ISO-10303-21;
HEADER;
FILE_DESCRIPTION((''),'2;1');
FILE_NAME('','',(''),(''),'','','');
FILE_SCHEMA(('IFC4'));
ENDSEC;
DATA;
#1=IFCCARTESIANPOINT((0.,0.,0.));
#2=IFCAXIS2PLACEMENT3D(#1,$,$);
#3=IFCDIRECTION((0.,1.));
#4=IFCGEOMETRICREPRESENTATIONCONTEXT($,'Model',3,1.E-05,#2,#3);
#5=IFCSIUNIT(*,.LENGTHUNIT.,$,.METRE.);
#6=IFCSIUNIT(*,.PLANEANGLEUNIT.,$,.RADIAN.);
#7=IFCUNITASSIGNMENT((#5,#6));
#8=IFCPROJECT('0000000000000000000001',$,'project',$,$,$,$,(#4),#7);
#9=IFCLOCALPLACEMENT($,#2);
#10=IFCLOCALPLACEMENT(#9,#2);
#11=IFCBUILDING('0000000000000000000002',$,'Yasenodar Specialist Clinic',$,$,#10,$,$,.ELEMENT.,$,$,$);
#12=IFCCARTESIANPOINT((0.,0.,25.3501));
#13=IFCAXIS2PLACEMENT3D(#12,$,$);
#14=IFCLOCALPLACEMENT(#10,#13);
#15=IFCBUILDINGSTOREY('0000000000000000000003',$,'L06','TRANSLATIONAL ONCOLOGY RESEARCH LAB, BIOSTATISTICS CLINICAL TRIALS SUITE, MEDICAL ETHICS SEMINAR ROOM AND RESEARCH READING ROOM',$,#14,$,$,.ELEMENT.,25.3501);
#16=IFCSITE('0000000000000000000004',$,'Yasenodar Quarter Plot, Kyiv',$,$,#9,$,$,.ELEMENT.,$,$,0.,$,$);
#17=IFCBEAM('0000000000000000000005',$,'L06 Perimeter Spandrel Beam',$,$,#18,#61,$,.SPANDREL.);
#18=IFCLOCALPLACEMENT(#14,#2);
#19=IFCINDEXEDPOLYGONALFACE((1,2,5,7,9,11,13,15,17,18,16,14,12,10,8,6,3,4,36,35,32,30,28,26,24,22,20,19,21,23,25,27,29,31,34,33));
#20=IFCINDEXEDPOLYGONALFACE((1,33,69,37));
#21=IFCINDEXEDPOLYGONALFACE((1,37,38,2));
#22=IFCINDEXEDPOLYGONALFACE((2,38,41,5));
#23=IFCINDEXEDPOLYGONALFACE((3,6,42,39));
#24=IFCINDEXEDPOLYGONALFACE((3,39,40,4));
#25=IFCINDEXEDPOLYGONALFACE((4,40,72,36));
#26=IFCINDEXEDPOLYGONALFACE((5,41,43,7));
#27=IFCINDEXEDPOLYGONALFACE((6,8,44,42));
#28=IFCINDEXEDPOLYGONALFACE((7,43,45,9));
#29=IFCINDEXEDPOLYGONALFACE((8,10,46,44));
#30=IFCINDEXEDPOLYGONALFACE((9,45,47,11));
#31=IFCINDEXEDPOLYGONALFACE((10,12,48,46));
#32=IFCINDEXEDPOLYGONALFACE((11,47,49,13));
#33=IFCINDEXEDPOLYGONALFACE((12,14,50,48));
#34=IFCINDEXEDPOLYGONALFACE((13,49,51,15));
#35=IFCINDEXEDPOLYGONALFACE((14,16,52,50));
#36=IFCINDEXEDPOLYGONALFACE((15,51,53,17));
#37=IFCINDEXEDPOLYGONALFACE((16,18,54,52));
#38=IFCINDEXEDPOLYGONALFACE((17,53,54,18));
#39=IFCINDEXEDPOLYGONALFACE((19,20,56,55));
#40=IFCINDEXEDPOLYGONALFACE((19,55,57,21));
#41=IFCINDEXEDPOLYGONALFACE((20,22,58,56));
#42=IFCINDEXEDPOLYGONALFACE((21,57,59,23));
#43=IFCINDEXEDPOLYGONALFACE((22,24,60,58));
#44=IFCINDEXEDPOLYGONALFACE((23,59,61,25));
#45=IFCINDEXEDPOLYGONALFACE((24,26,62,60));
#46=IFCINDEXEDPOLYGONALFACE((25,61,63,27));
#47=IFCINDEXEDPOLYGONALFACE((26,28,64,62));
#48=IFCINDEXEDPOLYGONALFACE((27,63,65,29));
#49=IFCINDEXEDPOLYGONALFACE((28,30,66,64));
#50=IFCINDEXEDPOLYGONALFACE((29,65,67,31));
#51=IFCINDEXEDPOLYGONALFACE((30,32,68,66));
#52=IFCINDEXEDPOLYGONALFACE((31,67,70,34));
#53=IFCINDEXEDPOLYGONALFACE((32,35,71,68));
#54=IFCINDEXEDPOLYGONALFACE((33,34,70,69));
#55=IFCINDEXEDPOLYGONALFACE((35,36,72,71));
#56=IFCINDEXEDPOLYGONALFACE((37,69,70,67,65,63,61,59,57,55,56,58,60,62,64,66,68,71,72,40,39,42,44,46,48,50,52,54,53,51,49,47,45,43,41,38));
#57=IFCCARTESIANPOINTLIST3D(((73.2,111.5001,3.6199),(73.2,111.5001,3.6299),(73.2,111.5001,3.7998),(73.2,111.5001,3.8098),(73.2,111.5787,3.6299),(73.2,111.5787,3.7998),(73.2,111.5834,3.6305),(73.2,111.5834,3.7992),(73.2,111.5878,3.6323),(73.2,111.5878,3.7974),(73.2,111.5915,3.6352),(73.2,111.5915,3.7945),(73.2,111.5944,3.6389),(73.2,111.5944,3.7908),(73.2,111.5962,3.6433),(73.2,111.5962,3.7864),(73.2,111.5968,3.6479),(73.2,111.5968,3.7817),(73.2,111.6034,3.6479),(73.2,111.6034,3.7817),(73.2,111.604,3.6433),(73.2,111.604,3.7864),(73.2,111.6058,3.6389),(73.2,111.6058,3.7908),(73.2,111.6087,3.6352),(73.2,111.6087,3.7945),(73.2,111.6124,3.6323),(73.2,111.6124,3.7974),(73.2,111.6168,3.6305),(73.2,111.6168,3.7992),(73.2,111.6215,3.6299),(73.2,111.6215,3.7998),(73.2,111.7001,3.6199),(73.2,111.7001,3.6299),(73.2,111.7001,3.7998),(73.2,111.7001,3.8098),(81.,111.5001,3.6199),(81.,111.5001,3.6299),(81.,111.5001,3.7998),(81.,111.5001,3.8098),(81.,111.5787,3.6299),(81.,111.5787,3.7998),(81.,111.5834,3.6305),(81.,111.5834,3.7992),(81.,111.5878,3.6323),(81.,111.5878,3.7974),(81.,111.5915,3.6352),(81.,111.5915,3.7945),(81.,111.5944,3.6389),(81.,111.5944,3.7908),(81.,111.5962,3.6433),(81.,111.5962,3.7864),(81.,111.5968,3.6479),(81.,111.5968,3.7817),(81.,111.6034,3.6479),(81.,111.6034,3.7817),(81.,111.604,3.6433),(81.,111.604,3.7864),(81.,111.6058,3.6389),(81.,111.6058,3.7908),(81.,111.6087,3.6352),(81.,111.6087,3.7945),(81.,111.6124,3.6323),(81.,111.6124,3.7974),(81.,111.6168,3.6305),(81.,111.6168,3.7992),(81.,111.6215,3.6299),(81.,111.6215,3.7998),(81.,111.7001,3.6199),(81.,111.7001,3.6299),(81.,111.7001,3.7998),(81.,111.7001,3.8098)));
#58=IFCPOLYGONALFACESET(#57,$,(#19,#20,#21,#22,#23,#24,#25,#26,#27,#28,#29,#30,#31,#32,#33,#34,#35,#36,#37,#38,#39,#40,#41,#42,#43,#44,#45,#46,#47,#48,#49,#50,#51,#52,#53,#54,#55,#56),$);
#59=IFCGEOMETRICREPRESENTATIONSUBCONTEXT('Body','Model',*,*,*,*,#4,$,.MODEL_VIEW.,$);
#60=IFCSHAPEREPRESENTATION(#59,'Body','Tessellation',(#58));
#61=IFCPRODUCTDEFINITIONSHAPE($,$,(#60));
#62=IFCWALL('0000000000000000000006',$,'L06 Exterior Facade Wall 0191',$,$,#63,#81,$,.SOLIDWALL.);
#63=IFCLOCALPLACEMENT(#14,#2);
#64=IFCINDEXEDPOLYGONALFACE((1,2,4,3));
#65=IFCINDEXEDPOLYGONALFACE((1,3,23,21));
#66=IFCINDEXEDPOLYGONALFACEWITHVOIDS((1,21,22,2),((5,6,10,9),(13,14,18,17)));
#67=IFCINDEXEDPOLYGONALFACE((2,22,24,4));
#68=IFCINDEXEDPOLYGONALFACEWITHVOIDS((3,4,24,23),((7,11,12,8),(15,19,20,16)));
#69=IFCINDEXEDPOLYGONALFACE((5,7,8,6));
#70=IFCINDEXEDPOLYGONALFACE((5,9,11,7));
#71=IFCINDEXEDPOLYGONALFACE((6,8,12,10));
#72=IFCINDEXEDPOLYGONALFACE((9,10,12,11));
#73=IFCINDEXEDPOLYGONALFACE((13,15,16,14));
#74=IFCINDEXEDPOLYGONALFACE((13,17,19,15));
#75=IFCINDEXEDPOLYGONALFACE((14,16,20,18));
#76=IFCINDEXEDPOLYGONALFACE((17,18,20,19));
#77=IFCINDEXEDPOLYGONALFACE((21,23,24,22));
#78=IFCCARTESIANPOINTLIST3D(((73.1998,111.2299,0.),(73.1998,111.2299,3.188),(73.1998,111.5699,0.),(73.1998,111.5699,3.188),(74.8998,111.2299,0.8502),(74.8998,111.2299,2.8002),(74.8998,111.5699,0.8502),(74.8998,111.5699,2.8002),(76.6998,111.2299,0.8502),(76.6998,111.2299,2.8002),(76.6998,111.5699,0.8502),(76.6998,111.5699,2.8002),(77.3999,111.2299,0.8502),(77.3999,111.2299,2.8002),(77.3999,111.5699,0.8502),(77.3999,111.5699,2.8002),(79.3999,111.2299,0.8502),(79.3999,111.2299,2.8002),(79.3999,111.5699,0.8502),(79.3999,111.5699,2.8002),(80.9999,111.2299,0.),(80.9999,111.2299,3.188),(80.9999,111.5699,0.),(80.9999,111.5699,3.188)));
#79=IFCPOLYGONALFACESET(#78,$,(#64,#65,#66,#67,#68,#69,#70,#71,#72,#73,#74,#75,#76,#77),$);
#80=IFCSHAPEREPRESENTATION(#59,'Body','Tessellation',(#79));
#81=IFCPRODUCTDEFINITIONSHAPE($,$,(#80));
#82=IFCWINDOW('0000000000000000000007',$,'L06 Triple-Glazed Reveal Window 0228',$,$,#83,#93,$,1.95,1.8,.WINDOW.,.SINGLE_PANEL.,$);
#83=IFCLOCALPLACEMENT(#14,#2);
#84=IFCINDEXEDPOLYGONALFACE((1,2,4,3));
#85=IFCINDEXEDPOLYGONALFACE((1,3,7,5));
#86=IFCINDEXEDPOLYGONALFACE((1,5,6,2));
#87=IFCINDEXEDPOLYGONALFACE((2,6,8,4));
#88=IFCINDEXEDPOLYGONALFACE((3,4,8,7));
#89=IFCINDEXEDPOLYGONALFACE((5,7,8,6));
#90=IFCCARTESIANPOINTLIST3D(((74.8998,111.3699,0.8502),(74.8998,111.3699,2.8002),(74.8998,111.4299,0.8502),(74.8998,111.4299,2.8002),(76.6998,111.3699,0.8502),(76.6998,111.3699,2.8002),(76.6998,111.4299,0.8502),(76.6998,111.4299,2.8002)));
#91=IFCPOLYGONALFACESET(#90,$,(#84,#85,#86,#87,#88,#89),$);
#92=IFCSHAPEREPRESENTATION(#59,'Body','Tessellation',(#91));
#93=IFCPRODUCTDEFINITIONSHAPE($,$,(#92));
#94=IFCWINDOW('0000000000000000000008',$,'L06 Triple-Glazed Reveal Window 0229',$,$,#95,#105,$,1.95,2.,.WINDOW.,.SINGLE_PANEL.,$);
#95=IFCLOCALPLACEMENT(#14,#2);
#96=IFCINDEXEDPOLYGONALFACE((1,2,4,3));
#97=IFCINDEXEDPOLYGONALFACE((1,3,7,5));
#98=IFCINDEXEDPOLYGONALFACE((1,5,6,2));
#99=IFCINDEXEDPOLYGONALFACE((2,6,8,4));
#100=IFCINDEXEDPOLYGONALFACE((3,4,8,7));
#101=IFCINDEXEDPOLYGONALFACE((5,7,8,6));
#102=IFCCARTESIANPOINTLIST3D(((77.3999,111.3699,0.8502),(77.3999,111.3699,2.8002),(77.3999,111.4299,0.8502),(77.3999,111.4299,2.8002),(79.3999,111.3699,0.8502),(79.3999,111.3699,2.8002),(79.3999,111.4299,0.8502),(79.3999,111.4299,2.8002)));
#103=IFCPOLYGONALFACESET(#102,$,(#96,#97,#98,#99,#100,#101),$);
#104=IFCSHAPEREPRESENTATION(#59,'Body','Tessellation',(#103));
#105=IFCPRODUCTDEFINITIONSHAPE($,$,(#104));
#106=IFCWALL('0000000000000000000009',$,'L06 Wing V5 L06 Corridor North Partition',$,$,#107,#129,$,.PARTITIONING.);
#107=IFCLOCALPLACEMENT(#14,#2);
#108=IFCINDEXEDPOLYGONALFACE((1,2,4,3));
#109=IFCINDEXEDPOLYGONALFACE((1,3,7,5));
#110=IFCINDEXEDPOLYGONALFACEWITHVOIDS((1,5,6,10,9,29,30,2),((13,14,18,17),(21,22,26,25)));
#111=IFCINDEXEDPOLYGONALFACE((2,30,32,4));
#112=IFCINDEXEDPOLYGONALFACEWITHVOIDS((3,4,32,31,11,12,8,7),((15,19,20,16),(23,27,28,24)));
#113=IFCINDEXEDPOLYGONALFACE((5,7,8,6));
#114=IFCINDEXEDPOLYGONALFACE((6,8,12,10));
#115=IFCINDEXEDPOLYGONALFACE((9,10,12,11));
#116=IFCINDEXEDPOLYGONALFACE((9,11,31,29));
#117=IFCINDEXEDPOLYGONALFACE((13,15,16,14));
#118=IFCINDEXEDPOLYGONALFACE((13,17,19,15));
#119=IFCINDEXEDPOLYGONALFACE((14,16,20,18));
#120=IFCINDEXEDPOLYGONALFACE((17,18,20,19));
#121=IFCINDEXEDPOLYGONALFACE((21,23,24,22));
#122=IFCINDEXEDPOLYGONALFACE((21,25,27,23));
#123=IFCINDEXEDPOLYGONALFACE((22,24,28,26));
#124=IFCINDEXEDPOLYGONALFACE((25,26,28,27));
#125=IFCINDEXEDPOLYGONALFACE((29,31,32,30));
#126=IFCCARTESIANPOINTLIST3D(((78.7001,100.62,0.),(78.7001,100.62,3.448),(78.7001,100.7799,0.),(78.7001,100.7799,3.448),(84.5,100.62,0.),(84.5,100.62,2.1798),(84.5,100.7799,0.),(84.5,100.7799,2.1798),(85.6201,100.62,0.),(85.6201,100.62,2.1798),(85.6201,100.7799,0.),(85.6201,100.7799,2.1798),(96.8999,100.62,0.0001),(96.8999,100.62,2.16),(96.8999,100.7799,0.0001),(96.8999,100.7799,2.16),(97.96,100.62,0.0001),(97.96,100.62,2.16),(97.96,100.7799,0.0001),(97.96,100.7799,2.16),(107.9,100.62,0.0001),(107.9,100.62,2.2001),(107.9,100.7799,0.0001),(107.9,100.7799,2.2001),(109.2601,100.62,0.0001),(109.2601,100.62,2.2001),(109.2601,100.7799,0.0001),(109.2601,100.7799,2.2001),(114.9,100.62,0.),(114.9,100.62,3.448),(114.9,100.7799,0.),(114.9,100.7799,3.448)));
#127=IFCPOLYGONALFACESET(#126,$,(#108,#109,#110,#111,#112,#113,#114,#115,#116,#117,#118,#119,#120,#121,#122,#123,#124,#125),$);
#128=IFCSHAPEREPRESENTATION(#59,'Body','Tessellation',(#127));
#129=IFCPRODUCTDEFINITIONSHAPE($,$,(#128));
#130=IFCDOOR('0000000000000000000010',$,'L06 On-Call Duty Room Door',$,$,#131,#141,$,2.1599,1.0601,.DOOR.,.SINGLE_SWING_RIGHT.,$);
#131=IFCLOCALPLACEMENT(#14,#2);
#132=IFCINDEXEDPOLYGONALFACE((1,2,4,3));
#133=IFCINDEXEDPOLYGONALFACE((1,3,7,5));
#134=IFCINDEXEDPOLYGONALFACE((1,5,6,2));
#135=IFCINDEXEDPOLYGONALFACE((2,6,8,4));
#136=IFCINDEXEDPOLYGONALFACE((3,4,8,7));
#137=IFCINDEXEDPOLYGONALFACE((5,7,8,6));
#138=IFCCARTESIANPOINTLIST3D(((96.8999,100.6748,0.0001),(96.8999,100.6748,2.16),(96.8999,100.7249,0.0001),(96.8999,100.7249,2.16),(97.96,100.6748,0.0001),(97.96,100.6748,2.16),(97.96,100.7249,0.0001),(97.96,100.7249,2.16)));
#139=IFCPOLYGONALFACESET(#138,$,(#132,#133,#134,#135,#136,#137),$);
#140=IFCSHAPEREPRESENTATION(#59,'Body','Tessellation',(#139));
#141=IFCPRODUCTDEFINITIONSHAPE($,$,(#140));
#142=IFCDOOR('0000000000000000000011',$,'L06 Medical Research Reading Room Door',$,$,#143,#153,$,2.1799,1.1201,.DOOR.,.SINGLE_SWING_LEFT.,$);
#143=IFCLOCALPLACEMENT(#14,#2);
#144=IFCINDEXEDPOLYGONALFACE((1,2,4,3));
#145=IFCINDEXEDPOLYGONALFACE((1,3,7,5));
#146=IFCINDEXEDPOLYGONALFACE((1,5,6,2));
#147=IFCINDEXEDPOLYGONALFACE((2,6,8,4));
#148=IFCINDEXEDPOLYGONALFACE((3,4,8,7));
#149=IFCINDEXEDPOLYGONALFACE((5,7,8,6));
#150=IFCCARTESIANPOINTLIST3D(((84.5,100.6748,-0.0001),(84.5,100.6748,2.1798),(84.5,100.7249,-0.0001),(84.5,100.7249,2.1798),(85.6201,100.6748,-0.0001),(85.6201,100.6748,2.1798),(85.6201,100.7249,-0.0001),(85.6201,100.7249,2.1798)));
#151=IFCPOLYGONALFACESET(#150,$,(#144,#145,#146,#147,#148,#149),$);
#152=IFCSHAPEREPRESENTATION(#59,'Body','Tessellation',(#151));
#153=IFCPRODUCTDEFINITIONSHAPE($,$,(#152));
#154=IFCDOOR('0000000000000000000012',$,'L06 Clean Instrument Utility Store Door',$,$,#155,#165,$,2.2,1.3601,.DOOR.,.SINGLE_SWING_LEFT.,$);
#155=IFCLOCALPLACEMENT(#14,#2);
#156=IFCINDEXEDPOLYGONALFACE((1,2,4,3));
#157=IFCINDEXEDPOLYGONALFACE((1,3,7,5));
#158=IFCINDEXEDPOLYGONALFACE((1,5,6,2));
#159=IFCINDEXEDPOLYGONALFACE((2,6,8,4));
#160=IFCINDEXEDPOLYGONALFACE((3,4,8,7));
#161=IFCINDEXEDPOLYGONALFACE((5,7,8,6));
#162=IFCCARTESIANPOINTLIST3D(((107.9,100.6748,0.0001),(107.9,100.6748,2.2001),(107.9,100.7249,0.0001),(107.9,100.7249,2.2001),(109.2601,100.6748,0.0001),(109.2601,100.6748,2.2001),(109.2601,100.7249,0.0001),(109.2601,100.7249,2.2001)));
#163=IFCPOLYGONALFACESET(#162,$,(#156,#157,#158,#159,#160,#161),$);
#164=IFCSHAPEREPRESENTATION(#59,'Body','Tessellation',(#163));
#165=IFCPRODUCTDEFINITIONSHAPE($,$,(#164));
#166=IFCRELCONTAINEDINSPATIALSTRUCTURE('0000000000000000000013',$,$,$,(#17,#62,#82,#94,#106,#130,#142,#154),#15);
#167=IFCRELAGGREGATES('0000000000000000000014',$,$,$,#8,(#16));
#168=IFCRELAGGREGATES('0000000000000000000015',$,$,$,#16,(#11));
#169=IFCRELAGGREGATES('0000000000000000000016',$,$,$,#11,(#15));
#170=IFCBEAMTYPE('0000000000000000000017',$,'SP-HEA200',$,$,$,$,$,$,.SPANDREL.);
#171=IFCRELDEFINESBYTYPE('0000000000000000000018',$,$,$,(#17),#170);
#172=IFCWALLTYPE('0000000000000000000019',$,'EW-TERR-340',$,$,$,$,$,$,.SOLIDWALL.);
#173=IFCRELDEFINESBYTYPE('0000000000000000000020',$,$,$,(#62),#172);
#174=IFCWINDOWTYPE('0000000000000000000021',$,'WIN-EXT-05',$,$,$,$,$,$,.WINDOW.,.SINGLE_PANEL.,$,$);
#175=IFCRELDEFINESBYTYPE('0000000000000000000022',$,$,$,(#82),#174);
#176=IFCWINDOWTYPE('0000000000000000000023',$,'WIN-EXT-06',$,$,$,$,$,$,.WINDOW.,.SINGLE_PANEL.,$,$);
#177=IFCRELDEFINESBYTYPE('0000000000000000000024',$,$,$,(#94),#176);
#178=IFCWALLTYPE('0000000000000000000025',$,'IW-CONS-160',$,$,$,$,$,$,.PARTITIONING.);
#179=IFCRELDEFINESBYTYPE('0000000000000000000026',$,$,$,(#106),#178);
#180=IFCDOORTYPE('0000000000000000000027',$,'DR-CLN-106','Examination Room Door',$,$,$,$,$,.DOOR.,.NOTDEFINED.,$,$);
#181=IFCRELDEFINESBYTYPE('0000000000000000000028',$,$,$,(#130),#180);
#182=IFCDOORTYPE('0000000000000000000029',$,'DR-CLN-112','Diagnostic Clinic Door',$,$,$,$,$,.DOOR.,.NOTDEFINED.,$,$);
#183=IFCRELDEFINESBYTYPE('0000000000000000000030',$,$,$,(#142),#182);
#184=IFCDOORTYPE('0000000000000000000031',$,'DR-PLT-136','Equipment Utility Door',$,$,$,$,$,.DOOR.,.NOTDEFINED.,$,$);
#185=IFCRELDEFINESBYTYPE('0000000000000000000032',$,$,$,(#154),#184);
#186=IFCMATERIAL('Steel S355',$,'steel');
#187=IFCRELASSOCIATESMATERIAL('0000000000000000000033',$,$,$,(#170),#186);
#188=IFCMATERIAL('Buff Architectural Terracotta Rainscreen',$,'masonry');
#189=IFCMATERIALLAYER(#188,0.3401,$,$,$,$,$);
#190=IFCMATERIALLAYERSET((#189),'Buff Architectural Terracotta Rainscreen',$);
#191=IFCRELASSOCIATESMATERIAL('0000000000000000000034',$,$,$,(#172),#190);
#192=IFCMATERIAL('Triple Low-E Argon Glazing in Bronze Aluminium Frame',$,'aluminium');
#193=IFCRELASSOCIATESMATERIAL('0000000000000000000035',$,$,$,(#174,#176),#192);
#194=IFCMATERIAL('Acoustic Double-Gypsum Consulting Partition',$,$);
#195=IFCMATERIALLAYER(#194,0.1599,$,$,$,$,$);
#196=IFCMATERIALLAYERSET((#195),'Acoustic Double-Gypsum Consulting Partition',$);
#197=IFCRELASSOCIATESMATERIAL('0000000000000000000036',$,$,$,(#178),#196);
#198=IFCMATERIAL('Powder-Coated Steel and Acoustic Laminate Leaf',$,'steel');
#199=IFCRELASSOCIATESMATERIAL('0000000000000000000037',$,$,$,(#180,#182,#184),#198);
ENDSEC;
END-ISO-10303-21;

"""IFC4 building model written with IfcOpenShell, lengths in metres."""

from ifc_helpers import new_model, si_unit, direction, frame, frame_2d, origin, origin_2d, place, context, subcontext, project, spatial, rectangle, i_section, extrude, material, layer, layer_set, material_profile, profile_set, type_object, element, fill, save


model = new_model("IFC4")

# Units and contexts
model_context = context("Model", 3, precision=1e-05, world=origin(), true_north=direction((0.0, 1.0)))
body_context = subcontext(model_context, "Body", "Model", "MODEL_VIEW")
ifc_project = project(units=[si_unit("LENGTHUNIT", "METRE"), si_unit("PLANEANGLEUNIT", "RADIAN")], contexts=[model_context])

# Site, building, storey
site_placement = place(None, origin())
site = spatial("IfcSite", under=ifc_project, at=site_placement, Name="Yasenodar Quarter Plot, Kyiv", CompositionType="ELEMENT", RefElevation=0.0)
building_placement = place(site_placement, origin())
building = spatial("IfcBuilding", under=site, at=building_placement, Name="Yasenodar Specialist Clinic", CompositionType="ELEMENT")
storey_placement = place(building_placement, frame((0.0, 0.0, 25.3501)))
storey = spatial("IfcBuildingStorey", under=building, at=storey_placement, Name="L06", Description="TRANSLATIONAL ONCOLOGY RESEARCH LAB, BIOSTATISTICS CLINICAL TRIALS SUITE, MEDICAL ETHICS SEMINAR ROOM AND RESEARCH READING ROOM", CompositionType="ELEMENT", Elevation=25.3501)

# Shared definitions
ifc_material_1 = material(Name="Steel S355", Category="steel")

# Beam
ifc_material_profile_1 = material_profile(ifc_material_1, i_section(OverallWidth=0.2, OverallDepth=0.1899, WebThickness=0.0066, FlangeThickness=0.01, FilletRadius=0.0181, at=origin_2d()), Name="HEA 200")
ifc_profile_set_1 = profile_set([ifc_material_profile_1], Name="Steel S355")
beam_type_1 = type_object("IfcBeamType", Name="SP-HEA200", PredefinedType="SPANDREL", material=ifc_profile_set_1)
beam_1_placement = place(storey_placement, frame((73.2, 111.6001, 3.7148), z_axis=(1.0, 0.0, 0.0), x_axis=(0.0, 1.0, 0.0)))
element("IfcBeam", 1, at=beam_1_placement, inside=storey, type_object=beam_type_1, Name="L06 Perimeter Spandrel Beam", PredefinedType="SPANDREL", context=body_context, shape_type="SweptSolid", body=[
    extrude(i_section(OverallWidth=0.2, OverallDepth=0.1899, WebThickness=0.0066, FlangeThickness=0.01, FilletRadius=0.0181, at=origin_2d()), origin(), (0.0, 0.0, 1.0), 7.8),
])

# Wall, openings, windows
ifc_material_2 = material(Name="Buff Architectural Terracotta Rainscreen", Category="masonry")
ifc_layer_1 = layer(ifc_material_2, 0.3401)
ifc_layer_set_1 = layer_set([ifc_layer_1], Name="Buff Architectural Terracotta Rainscreen")
wall_type_1 = type_object("IfcWallType", Name="EW-TERR-340", PredefinedType="SOLIDWALL", material=ifc_layer_set_1)
wall_1_placement = place(storey_placement, frame((73.2, 111.3999, 0.0), z_axis=(0.0, 0.0, 1.0), x_axis=(1.0, 0.0, 0.0)))
wall_1 = element("IfcWall", 2, at=wall_1_placement, inside=storey, type_object=wall_type_1, Name="L06 Exterior Facade Wall 0191", PredefinedType="SOLIDWALL", context=body_context, shape_type="SweptSolid", body=[
    extrude(rectangle(XDim=7.8, YDim=0.3401, at=frame_2d((3.8999, 0.0))), origin(), (0.0, 0.0, 1.0), 3.188),
])
opening_1_placement = place(wall_1_placement, frame((1.7, 0.0, 0.8501)))
opening_1 = element("IfcOpeningElement", 3, at=opening_1_placement, cuts=wall_1, PredefinedType="OPENING", context=body_context, shape_type="SweptSolid", body=[
    extrude(rectangle(XDim=1.8, YDim=1.95, at=frame_2d((0.8999, 0.9751))), frame((0.0, 0.1802, 0.0), z_axis=(0.0, -1.0, 0.0), x_axis=(1.0, 0.0, 0.0)), (0.0, 0.0, 1.0), 0.3601),
])
opening_2_placement = place(wall_1_placement, frame((4.2, 0.0, 0.8501)))
opening_2 = element("IfcOpeningElement", 4, at=opening_2_placement, cuts=wall_1, PredefinedType="OPENING", context=body_context, shape_type="SweptSolid", body=[
    extrude(rectangle(XDim=2.0, YDim=1.95, at=frame_2d((1.0, 0.9751))), frame((0.0, 0.1802, 0.0), z_axis=(0.0, -1.0, 0.0), x_axis=(1.0, 0.0, 0.0)), (0.0, 0.0, 1.0), 0.3601),
])
ifc_material_3 = material(Name="Triple Low-E Argon Glazing in Bronze Aluminium Frame", Category="aluminium")
window_type_1 = type_object("IfcWindowType", Name="WIN-EXT-05", PartitioningType="SINGLE_PANEL", PredefinedType="WINDOW", material=ifc_material_3)
window_1_placement = place(opening_1_placement, origin())
window_1 = element("IfcWindow", 5, at=window_1_placement, inside=storey, type_object=window_type_1, Name="L06 Triple-Glazed Reveal Window 0228", OverallHeight=1.95, OverallWidth=1.8, PartitioningType="SINGLE_PANEL", PredefinedType="WINDOW", context=body_context, shape_type="SweptSolid", body=[
    extrude(rectangle(XDim=1.8, YDim=1.95, at=frame_2d((0.8999, 0.9751))), frame((0.0, 0.03, 0.0), z_axis=(0.0, -1.0, 0.0), x_axis=(1.0, 0.0, 0.0)), (0.0, 0.0, 1.0), 0.0601),
])
fill(opening_1, window_1)
window_type_2 = type_object("IfcWindowType", Name="WIN-EXT-06", PartitioningType="SINGLE_PANEL", PredefinedType="WINDOW", material=ifc_material_3)
window_2_placement = place(opening_2_placement, origin())
window_2 = element("IfcWindow", 6, at=window_2_placement, inside=storey, type_object=window_type_2, Name="L06 Triple-Glazed Reveal Window 0229", OverallHeight=1.95, OverallWidth=2.0, PartitioningType="SINGLE_PANEL", PredefinedType="WINDOW", context=body_context, shape_type="SweptSolid", body=[
    extrude(rectangle(XDim=2.0, YDim=1.95, at=frame_2d((1.0, 0.9751))), frame((0.0, 0.03, 0.0), z_axis=(0.0, -1.0, 0.0), x_axis=(1.0, 0.0, 0.0)), (0.0, 0.0, 1.0), 0.0601),
])
fill(opening_2, window_2)

# Wall, openings, doors
ifc_material_4 = material(Name="Acoustic Double-Gypsum Consulting Partition")
ifc_layer_2 = layer(ifc_material_4, 0.1599)
ifc_layer_set_2 = layer_set([ifc_layer_2], Name="Acoustic Double-Gypsum Consulting Partition")
wall_type_2 = type_object("IfcWallType", Name="IW-CONS-160", PredefinedType="PARTITIONING", material=ifc_layer_set_2)
wall_2_placement = place(storey_placement, frame((78.7, 100.7, 0.0), z_axis=(0.0, 0.0, 1.0), x_axis=(1.0, 0.0, 0.0)))
wall_2 = element("IfcWall", 7, at=wall_2_placement, inside=storey, type_object=wall_type_2, Name="L06 Wing V5 L06 Corridor North Partition", PredefinedType="PARTITIONING", context=body_context, shape_type="SweptSolid", body=[
    extrude(rectangle(XDim=36.2, YDim=0.1599, at=frame_2d((18.1001, 0.0))), origin(), (0.0, 0.0, 1.0), 3.448),
])
opening_3_placement = place(wall_2_placement, frame((5.8, 0.0, 0.0)))
opening_3 = element("IfcOpeningElement", 8, at=opening_3_placement, cuts=wall_2, PredefinedType="OPENING", context=body_context, shape_type="SweptSolid", body=[
    extrude(rectangle(XDim=1.1201, YDim=2.1799, at=frame_2d((0.5601, 1.0898))), frame((0.0, 0.0898, 0.0), z_axis=(0.0, -1.0, 0.0), x_axis=(1.0, 0.0, 0.0)), (0.0, 0.0, 1.0), 0.1799),
])
opening_4_placement = place(wall_2_placement, frame((18.2, 0.0, 0.0)))
opening_4 = element("IfcOpeningElement", 9, at=opening_4_placement, cuts=wall_2, PredefinedType="OPENING", context=body_context, shape_type="SweptSolid", body=[
    extrude(rectangle(XDim=1.0601, YDim=2.1599, at=frame_2d((0.53, 1.0801))), frame((0.0, 0.0898, 0.0), z_axis=(0.0, -1.0, 0.0), x_axis=(1.0, 0.0, 0.0)), (0.0, 0.0, 1.0), 0.1799),
])
opening_5_placement = place(wall_2_placement, frame((29.2, 0.0, 0.0)))
opening_5 = element("IfcOpeningElement", 10, at=opening_5_placement, cuts=wall_2, PredefinedType="OPENING", context=body_context, shape_type="SweptSolid", body=[
    extrude(rectangle(XDim=1.3601, YDim=2.2, at=frame_2d((0.6802, 1.1001))), frame((0.0, 0.0898, 0.0), z_axis=(0.0, -1.0, 0.0), x_axis=(1.0, 0.0, 0.0)), (0.0, 0.0, 1.0), 0.1799),
])
ifc_material_5 = material(Name="Powder-Coated Steel and Acoustic Laminate Leaf", Category="steel")
door_type_1 = type_object("IfcDoorType", Name="DR-CLN-106", Description="Examination Room Door", OperationType="NOTDEFINED", PredefinedType="DOOR", material=ifc_material_5)
door_1_placement = place(opening_4_placement, origin())
door_1 = element("IfcDoor", 11, at=door_1_placement, inside=storey, type_object=door_type_1, Name="L06 On-Call Duty Room Door", OperationType="SINGLE_SWING_RIGHT", OverallHeight=2.1599, OverallWidth=1.0601, PredefinedType="DOOR", context=body_context, shape_type="SweptSolid", body=[
    extrude(rectangle(XDim=1.0601, YDim=2.1599, at=frame_2d((0.53, 1.0801))), frame((0.0, 0.0249, 0.0), z_axis=(0.0, -1.0, 0.0), x_axis=(1.0, 0.0, 0.0)), (0.0, 0.0, 1.0), 0.05),
])
fill(opening_4, door_1)
door_type_2 = type_object("IfcDoorType", Name="DR-CLN-112", Description="Diagnostic Clinic Door", OperationType="NOTDEFINED", PredefinedType="DOOR", material=ifc_material_5)
door_2_placement = place(opening_3_placement, origin())
door_2 = element("IfcDoor", 12, at=door_2_placement, inside=storey, type_object=door_type_2, Name="L06 Medical Research Reading Room Door", OperationType="SINGLE_SWING_LEFT", OverallHeight=2.1799, OverallWidth=1.1201, PredefinedType="DOOR", context=body_context, shape_type="SweptSolid", body=[
    extrude(rectangle(XDim=1.1201, YDim=2.1799, at=frame_2d((0.5601, 1.0898))), frame((0.0, 0.0249, 0.0), z_axis=(0.0, -1.0, 0.0), x_axis=(1.0, 0.0, 0.0)), (0.0, 0.0, 1.0), 0.05),
])
fill(opening_3, door_2)
door_type_3 = type_object("IfcDoorType", Name="DR-PLT-136", Description="Equipment Utility Door", OperationType="NOTDEFINED", PredefinedType="DOOR", material=ifc_material_5)
door_3_placement = place(opening_5_placement, origin())
door_3 = element("IfcDoor", 13, at=door_3_placement, inside=storey, type_object=door_type_3, Name="L06 Clean Instrument Utility Store Door", OperationType="SINGLE_SWING_LEFT", OverallHeight=2.2, OverallWidth=1.3601, PredefinedType="DOOR", context=body_context, shape_type="SweptSolid", body=[
    extrude(rectangle(XDim=1.3601, YDim=2.2, at=frame_2d((0.6802, 1.1001))), frame((0.0, 0.0249, 0.0), z_axis=(0.0, -1.0, 0.0), x_axis=(1.0, 0.0, 0.0)), (0.0, 0.0, 1.0), 0.05),
])
fill(opening_5, door_3)

save(model, "model.ifc")
